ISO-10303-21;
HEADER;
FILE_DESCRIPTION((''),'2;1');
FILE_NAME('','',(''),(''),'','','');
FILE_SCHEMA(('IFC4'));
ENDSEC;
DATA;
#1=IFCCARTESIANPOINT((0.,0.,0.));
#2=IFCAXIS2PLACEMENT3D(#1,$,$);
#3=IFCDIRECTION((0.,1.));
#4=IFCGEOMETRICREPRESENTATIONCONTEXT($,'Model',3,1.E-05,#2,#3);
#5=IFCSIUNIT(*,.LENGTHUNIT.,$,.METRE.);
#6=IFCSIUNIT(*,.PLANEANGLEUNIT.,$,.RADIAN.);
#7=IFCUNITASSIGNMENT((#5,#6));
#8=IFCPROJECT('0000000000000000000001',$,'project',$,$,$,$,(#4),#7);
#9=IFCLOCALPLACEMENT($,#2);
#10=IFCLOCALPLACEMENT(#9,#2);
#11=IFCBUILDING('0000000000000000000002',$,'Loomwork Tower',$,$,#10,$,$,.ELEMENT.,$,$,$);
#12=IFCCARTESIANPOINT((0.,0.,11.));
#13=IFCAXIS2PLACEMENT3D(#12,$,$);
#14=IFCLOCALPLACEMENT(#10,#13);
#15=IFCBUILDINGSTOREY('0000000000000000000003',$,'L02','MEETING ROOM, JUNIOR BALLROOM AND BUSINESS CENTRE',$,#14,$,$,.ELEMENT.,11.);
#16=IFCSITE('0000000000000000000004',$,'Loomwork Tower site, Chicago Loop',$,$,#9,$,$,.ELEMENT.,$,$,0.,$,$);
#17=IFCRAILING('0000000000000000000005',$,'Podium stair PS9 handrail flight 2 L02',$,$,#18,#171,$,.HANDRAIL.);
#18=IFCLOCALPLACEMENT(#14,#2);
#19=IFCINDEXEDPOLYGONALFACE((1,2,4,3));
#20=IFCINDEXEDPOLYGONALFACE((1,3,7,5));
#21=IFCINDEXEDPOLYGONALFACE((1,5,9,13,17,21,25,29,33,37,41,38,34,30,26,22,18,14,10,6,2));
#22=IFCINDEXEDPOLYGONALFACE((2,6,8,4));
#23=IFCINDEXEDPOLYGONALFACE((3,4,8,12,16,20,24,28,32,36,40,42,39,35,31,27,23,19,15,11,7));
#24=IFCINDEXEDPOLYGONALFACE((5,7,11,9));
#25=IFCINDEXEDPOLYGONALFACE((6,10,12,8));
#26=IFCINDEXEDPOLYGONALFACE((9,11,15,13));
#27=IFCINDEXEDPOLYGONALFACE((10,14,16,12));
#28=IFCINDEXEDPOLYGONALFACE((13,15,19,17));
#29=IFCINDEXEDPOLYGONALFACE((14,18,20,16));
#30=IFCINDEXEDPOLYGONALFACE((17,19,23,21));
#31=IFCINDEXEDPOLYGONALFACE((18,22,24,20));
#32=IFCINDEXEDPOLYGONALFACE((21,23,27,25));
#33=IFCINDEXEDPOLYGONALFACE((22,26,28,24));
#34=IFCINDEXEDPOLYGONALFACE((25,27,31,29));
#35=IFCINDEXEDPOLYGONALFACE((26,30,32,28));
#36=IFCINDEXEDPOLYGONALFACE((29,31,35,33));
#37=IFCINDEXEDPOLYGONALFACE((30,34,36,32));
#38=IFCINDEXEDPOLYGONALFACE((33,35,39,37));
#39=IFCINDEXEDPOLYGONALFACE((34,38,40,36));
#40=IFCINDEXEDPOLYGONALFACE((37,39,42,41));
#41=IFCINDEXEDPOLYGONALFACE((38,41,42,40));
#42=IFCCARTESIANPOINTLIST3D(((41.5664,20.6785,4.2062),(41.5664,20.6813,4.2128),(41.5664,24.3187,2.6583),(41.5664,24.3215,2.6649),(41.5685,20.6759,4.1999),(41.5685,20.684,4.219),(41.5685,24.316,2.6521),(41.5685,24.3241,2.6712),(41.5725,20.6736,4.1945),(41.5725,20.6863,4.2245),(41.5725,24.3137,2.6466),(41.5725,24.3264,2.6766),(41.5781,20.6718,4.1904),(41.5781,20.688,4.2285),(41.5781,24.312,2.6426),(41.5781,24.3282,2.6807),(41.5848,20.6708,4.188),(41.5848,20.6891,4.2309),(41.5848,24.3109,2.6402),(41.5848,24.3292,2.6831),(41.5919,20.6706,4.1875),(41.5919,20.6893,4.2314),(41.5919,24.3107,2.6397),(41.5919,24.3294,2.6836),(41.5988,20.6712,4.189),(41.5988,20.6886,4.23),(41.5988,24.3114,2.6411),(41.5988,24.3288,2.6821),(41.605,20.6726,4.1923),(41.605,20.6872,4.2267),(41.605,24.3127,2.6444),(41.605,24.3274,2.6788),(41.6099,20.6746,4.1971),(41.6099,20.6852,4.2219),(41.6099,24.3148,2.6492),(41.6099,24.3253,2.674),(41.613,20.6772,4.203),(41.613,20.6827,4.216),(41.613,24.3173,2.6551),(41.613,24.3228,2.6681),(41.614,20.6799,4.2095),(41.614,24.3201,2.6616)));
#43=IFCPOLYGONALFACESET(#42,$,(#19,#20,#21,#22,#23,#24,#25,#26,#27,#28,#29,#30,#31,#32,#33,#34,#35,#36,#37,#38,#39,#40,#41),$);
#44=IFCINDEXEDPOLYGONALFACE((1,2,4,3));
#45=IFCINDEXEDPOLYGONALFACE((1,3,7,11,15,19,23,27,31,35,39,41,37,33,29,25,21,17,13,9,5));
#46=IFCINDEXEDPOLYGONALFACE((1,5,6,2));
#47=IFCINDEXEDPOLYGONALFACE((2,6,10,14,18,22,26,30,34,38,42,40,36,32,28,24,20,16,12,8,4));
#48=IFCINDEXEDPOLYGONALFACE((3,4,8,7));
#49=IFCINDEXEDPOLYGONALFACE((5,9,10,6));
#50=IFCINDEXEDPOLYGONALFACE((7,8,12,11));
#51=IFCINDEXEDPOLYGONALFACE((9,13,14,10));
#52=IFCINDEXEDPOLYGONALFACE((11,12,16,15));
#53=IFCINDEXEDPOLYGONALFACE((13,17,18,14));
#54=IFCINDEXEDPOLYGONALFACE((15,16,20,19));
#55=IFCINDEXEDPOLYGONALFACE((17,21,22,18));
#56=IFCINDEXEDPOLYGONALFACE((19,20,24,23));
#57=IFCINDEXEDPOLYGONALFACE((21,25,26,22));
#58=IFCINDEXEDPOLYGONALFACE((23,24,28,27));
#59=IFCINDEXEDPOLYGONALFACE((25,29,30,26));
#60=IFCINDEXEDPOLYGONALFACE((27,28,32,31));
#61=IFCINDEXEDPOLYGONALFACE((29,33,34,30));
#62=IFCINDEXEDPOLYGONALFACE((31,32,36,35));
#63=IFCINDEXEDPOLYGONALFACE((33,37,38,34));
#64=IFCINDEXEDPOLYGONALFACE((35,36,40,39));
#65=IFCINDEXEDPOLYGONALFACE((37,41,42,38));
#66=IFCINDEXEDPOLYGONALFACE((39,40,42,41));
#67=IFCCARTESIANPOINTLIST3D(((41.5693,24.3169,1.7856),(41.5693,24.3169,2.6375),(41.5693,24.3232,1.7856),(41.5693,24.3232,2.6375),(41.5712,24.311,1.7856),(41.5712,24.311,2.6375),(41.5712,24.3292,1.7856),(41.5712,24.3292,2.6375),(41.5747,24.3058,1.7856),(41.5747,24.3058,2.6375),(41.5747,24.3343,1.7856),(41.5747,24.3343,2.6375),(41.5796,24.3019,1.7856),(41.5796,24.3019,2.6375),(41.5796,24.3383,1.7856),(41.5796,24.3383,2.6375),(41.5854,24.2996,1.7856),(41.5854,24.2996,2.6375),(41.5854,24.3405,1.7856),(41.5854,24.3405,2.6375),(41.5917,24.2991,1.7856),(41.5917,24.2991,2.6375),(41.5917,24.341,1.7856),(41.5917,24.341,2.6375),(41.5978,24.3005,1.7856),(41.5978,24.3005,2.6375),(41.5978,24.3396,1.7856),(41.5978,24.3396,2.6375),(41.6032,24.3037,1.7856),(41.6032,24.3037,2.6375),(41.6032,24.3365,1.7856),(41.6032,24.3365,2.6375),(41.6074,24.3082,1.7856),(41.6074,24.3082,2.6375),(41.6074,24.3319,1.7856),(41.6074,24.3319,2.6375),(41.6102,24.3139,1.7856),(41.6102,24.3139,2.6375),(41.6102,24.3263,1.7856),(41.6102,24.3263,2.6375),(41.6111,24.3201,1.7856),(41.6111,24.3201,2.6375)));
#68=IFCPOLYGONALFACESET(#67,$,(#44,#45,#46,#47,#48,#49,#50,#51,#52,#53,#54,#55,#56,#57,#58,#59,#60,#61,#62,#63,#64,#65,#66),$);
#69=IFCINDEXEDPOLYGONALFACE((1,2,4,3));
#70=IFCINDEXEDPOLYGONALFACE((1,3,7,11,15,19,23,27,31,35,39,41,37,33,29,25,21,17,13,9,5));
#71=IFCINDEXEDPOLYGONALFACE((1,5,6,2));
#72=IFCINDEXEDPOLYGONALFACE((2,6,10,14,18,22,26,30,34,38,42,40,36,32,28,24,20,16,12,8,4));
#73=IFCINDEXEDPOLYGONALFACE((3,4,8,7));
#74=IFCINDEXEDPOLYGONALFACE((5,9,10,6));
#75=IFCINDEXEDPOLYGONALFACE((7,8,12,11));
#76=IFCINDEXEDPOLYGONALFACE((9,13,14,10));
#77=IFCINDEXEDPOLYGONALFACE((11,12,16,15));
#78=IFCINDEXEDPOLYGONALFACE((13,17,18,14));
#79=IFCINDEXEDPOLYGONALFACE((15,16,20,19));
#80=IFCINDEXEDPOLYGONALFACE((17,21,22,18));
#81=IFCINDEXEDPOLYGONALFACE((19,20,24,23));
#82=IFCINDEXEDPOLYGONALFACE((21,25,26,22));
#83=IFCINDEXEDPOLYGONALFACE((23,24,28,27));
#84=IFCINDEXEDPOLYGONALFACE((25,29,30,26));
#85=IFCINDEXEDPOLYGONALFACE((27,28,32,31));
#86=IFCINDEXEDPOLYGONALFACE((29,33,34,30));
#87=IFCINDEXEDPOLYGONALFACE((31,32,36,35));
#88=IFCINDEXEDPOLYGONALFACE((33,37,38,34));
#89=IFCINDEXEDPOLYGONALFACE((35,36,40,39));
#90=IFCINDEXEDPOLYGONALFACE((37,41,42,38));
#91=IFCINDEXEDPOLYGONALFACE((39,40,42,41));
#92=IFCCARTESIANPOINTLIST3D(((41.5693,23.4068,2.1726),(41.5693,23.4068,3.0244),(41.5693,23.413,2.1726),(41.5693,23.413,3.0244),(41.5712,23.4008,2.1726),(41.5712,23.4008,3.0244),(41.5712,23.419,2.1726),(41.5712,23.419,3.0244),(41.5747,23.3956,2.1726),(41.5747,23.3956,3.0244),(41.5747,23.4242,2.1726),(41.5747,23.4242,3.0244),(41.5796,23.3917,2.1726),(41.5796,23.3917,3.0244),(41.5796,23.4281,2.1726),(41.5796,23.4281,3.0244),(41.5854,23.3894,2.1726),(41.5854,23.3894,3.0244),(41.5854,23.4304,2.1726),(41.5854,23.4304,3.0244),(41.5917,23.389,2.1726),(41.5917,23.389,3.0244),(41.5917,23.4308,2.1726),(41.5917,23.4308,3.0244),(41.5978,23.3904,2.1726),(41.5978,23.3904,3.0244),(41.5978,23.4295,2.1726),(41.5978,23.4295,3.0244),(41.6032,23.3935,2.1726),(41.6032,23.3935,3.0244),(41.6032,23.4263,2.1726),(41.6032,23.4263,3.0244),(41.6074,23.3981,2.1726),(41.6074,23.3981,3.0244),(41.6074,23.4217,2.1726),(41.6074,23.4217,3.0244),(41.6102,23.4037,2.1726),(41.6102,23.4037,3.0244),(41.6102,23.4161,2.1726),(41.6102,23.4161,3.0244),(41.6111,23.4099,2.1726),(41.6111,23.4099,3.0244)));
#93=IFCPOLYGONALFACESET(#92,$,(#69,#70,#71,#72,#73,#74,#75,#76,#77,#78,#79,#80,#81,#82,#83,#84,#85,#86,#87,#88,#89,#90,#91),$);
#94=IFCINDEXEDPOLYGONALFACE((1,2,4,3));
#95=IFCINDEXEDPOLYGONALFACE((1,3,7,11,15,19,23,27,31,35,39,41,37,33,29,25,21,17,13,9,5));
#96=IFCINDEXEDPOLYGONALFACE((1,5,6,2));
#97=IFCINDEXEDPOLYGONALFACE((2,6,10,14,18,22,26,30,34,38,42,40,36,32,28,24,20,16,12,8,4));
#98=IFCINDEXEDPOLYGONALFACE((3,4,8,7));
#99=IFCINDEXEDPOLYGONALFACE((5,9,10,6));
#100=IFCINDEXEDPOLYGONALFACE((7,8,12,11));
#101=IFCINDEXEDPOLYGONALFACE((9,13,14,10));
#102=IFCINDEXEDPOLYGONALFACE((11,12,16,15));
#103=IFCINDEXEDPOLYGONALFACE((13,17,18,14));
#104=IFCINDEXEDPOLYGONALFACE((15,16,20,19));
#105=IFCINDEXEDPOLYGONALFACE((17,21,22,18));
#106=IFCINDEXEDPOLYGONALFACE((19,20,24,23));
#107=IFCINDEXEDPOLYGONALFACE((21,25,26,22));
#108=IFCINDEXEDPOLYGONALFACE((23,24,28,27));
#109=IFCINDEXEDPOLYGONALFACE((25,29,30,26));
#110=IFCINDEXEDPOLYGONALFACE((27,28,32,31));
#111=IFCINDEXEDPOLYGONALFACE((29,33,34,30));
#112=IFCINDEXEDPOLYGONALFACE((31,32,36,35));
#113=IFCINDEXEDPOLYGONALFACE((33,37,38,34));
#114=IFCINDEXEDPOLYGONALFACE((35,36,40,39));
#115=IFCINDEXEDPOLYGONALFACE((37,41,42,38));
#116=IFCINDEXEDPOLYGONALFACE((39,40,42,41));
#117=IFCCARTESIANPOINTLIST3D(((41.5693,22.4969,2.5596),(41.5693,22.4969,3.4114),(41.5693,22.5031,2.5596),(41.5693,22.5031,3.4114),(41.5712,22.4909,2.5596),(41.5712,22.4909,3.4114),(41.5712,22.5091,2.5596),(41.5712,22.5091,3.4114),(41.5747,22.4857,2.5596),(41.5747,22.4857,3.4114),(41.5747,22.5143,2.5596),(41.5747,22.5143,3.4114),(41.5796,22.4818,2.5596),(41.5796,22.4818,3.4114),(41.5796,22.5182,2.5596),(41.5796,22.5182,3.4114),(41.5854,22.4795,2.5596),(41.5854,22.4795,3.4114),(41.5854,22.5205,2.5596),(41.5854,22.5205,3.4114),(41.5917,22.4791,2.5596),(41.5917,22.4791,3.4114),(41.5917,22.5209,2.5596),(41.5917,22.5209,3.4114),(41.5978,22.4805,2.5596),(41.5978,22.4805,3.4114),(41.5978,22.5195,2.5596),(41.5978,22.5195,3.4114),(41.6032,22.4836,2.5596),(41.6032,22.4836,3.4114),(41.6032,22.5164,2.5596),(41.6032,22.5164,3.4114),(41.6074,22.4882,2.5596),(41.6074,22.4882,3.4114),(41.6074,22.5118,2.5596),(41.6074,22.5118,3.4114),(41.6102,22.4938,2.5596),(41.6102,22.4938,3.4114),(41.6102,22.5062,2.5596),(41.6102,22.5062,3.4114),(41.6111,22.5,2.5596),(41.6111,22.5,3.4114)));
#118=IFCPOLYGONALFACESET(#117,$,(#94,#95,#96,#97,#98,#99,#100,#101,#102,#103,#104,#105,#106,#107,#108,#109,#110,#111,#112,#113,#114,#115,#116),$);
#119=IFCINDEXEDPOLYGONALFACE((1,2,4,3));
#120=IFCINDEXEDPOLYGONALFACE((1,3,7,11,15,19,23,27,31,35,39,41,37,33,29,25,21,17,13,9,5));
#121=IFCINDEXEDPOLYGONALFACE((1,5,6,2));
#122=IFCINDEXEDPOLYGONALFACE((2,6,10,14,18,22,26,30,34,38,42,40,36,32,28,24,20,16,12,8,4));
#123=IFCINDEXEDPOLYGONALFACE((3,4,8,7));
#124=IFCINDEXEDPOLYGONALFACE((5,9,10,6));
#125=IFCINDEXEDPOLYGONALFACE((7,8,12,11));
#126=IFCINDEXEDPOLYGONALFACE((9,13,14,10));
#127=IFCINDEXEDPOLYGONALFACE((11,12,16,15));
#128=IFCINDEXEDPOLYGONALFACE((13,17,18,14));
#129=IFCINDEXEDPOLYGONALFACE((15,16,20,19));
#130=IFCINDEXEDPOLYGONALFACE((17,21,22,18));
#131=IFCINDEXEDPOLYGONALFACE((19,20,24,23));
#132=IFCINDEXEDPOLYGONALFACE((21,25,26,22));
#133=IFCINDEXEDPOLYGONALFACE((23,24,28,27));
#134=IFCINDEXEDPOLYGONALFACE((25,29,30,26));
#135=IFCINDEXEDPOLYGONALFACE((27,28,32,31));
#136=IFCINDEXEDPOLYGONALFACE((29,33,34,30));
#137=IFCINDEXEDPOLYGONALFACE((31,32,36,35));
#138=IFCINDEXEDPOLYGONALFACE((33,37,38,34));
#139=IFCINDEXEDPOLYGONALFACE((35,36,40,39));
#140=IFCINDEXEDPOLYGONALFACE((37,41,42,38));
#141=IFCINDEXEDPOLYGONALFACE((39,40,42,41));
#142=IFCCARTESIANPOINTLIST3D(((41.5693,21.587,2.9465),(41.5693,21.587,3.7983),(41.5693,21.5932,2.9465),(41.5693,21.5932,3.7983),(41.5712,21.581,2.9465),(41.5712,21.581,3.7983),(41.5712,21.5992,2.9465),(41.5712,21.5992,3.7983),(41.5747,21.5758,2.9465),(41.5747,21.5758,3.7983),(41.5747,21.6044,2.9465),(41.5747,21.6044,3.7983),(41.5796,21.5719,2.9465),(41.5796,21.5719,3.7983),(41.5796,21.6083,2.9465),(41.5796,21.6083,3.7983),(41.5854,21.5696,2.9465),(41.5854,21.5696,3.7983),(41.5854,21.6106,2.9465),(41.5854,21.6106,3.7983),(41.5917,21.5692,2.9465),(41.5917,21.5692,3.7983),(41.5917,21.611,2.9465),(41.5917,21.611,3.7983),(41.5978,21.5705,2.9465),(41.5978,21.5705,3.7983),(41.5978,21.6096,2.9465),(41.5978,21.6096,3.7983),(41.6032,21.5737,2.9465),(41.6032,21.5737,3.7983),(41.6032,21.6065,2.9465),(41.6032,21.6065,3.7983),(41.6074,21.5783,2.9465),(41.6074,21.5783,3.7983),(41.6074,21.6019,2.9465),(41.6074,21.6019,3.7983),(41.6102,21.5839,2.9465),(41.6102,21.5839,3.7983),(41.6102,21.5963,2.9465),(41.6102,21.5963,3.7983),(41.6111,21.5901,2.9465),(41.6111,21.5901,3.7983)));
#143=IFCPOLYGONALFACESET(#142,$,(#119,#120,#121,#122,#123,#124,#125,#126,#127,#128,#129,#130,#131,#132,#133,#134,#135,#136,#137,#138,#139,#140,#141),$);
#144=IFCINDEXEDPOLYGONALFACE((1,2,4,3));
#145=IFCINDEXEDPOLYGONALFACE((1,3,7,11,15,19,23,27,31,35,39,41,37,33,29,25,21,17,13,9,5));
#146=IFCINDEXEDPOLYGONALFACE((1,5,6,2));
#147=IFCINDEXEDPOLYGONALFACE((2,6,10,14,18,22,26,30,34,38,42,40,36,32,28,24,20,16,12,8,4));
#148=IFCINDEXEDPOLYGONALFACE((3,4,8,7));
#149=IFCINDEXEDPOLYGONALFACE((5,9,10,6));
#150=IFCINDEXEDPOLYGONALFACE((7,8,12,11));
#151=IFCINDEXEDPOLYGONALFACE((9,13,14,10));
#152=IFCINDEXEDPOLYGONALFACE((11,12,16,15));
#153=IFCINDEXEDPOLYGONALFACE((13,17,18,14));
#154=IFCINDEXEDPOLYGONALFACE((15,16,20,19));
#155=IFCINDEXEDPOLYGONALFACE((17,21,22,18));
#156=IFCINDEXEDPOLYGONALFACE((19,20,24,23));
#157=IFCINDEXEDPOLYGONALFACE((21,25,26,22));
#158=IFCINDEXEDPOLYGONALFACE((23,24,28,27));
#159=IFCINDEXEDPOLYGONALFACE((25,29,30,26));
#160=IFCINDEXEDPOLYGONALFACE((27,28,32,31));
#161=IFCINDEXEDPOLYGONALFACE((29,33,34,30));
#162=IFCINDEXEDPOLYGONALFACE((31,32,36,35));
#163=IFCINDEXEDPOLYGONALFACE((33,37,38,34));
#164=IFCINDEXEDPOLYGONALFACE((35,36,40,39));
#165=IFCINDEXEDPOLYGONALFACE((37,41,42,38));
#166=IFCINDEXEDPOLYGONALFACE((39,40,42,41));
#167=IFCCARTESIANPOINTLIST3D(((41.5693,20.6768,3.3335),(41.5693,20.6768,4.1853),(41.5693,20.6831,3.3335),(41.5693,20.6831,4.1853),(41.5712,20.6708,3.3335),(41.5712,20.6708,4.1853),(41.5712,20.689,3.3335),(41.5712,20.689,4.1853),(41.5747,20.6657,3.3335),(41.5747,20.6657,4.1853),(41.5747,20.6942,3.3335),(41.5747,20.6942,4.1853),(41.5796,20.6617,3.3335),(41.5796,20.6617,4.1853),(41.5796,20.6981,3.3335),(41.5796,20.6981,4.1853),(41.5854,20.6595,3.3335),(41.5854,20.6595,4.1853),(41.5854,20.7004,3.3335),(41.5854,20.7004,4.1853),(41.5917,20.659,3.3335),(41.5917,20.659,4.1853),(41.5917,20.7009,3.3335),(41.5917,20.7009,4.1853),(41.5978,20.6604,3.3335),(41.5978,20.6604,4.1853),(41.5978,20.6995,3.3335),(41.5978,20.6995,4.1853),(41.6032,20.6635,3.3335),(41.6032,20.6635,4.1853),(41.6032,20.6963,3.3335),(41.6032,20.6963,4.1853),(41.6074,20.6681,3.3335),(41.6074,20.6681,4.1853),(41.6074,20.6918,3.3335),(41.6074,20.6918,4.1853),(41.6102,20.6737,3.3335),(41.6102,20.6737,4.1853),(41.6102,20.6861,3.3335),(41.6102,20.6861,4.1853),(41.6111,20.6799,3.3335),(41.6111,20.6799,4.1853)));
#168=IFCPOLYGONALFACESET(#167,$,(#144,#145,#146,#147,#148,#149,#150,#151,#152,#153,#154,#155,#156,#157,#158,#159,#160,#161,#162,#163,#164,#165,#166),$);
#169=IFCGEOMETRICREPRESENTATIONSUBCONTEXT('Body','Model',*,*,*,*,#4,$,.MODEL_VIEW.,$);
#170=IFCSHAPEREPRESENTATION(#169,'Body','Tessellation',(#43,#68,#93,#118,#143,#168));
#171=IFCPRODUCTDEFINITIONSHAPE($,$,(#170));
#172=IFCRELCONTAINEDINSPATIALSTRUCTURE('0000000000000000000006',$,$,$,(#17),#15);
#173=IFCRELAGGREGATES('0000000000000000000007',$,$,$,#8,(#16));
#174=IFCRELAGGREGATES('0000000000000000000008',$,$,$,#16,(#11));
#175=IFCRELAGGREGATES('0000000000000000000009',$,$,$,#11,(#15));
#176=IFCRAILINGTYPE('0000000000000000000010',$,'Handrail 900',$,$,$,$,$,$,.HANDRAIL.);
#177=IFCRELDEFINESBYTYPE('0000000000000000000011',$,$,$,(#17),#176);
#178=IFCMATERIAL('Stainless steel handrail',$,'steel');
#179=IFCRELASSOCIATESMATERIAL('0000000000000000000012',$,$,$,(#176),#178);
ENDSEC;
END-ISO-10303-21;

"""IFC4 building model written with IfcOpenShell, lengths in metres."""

from ifc_helpers import new_model, si_unit, direction, frame, origin, origin_2d, place, context, subcontext, project, spatial, circle, extrude, material, type_object, element, save


model = new_model("IFC4")

# Units and contexts
model_context = context("Model", 3, precision=1e-05, world=origin(), true_north=direction((0.0, 1.0)))
body_context = subcontext(model_context, "Body", "Model", "MODEL_VIEW")
ifc_project = project(units=[si_unit("LENGTHUNIT", "METRE"), si_unit("PLANEANGLEUNIT", "RADIAN")], contexts=[model_context])

# Site, building, storey
site_placement = place(None, origin())
site = spatial("IfcSite", under=ifc_project, at=site_placement, Name="Loomwork Tower site, Chicago Loop", CompositionType="ELEMENT", RefElevation=0.0)
building_placement = place(site_placement, origin())
building = spatial("IfcBuilding", under=site, at=building_placement, Name="Loomwork Tower", CompositionType="ELEMENT")
storey_placement = place(building_placement, frame((0.0, 0.0, 11.0)))
storey = spatial("IfcBuildingStorey", under=building, at=storey_placement, Name="L02", Description="MEETING ROOM, JUNIOR BALLROOM AND BUSINESS CENTRE", CompositionType="ELEMENT", Elevation=11.0)

# Railing
ifc_material_1 = material(Name="Stainless steel handrail", Category="steel")
railing_type = type_object("IfcRailingType", Name="Handrail 900", PredefinedType="HANDRAIL", material=ifc_material_1)
railing_1_placement = place(storey_placement, frame((41.5901, 24.3201, 1.7856)))
element("IfcRailing", 1, at=railing_1_placement, inside=storey, type_object=railing_type, Name="Podium stair PS9 handrail flight 2 L02", PredefinedType="HANDRAIL", context=body_context, shape_type="SweptSolid", body=[
    extrude(circle(Radius=0.0239, at=origin_2d()), frame((0.0, 0.0, 0.876), z_axis=(0.0, -0.920259, 0.391311), x_axis=(1.0, 0.0, 0.0)), (0.0, 0.0, 1.0), 3.9556),
    extrude(circle(Radius=0.021, at=origin_2d()), origin(), (0.0, 0.0, 1.0), 0.8518),
    extrude(circle(Radius=0.021, at=origin_2d()), frame((0.0, -0.9102, 0.387)), (0.0, 0.0, 1.0), 0.8518),
    extrude(circle(Radius=0.021, at=origin_2d()), frame((0.0, -1.8201, 0.7739)), (0.0, 0.0, 1.0), 0.8518),
    extrude(circle(Radius=0.021, at=origin_2d()), frame((0.0, -2.73, 1.1609)), (0.0, 0.0, 1.0), 0.8518),
    extrude(circle(Radius=0.021, at=origin_2d()), frame((0.0, -3.6401, 1.5479)), (0.0, 0.0, 1.0), 0.8518),
])

save(model, "model.ifc")
